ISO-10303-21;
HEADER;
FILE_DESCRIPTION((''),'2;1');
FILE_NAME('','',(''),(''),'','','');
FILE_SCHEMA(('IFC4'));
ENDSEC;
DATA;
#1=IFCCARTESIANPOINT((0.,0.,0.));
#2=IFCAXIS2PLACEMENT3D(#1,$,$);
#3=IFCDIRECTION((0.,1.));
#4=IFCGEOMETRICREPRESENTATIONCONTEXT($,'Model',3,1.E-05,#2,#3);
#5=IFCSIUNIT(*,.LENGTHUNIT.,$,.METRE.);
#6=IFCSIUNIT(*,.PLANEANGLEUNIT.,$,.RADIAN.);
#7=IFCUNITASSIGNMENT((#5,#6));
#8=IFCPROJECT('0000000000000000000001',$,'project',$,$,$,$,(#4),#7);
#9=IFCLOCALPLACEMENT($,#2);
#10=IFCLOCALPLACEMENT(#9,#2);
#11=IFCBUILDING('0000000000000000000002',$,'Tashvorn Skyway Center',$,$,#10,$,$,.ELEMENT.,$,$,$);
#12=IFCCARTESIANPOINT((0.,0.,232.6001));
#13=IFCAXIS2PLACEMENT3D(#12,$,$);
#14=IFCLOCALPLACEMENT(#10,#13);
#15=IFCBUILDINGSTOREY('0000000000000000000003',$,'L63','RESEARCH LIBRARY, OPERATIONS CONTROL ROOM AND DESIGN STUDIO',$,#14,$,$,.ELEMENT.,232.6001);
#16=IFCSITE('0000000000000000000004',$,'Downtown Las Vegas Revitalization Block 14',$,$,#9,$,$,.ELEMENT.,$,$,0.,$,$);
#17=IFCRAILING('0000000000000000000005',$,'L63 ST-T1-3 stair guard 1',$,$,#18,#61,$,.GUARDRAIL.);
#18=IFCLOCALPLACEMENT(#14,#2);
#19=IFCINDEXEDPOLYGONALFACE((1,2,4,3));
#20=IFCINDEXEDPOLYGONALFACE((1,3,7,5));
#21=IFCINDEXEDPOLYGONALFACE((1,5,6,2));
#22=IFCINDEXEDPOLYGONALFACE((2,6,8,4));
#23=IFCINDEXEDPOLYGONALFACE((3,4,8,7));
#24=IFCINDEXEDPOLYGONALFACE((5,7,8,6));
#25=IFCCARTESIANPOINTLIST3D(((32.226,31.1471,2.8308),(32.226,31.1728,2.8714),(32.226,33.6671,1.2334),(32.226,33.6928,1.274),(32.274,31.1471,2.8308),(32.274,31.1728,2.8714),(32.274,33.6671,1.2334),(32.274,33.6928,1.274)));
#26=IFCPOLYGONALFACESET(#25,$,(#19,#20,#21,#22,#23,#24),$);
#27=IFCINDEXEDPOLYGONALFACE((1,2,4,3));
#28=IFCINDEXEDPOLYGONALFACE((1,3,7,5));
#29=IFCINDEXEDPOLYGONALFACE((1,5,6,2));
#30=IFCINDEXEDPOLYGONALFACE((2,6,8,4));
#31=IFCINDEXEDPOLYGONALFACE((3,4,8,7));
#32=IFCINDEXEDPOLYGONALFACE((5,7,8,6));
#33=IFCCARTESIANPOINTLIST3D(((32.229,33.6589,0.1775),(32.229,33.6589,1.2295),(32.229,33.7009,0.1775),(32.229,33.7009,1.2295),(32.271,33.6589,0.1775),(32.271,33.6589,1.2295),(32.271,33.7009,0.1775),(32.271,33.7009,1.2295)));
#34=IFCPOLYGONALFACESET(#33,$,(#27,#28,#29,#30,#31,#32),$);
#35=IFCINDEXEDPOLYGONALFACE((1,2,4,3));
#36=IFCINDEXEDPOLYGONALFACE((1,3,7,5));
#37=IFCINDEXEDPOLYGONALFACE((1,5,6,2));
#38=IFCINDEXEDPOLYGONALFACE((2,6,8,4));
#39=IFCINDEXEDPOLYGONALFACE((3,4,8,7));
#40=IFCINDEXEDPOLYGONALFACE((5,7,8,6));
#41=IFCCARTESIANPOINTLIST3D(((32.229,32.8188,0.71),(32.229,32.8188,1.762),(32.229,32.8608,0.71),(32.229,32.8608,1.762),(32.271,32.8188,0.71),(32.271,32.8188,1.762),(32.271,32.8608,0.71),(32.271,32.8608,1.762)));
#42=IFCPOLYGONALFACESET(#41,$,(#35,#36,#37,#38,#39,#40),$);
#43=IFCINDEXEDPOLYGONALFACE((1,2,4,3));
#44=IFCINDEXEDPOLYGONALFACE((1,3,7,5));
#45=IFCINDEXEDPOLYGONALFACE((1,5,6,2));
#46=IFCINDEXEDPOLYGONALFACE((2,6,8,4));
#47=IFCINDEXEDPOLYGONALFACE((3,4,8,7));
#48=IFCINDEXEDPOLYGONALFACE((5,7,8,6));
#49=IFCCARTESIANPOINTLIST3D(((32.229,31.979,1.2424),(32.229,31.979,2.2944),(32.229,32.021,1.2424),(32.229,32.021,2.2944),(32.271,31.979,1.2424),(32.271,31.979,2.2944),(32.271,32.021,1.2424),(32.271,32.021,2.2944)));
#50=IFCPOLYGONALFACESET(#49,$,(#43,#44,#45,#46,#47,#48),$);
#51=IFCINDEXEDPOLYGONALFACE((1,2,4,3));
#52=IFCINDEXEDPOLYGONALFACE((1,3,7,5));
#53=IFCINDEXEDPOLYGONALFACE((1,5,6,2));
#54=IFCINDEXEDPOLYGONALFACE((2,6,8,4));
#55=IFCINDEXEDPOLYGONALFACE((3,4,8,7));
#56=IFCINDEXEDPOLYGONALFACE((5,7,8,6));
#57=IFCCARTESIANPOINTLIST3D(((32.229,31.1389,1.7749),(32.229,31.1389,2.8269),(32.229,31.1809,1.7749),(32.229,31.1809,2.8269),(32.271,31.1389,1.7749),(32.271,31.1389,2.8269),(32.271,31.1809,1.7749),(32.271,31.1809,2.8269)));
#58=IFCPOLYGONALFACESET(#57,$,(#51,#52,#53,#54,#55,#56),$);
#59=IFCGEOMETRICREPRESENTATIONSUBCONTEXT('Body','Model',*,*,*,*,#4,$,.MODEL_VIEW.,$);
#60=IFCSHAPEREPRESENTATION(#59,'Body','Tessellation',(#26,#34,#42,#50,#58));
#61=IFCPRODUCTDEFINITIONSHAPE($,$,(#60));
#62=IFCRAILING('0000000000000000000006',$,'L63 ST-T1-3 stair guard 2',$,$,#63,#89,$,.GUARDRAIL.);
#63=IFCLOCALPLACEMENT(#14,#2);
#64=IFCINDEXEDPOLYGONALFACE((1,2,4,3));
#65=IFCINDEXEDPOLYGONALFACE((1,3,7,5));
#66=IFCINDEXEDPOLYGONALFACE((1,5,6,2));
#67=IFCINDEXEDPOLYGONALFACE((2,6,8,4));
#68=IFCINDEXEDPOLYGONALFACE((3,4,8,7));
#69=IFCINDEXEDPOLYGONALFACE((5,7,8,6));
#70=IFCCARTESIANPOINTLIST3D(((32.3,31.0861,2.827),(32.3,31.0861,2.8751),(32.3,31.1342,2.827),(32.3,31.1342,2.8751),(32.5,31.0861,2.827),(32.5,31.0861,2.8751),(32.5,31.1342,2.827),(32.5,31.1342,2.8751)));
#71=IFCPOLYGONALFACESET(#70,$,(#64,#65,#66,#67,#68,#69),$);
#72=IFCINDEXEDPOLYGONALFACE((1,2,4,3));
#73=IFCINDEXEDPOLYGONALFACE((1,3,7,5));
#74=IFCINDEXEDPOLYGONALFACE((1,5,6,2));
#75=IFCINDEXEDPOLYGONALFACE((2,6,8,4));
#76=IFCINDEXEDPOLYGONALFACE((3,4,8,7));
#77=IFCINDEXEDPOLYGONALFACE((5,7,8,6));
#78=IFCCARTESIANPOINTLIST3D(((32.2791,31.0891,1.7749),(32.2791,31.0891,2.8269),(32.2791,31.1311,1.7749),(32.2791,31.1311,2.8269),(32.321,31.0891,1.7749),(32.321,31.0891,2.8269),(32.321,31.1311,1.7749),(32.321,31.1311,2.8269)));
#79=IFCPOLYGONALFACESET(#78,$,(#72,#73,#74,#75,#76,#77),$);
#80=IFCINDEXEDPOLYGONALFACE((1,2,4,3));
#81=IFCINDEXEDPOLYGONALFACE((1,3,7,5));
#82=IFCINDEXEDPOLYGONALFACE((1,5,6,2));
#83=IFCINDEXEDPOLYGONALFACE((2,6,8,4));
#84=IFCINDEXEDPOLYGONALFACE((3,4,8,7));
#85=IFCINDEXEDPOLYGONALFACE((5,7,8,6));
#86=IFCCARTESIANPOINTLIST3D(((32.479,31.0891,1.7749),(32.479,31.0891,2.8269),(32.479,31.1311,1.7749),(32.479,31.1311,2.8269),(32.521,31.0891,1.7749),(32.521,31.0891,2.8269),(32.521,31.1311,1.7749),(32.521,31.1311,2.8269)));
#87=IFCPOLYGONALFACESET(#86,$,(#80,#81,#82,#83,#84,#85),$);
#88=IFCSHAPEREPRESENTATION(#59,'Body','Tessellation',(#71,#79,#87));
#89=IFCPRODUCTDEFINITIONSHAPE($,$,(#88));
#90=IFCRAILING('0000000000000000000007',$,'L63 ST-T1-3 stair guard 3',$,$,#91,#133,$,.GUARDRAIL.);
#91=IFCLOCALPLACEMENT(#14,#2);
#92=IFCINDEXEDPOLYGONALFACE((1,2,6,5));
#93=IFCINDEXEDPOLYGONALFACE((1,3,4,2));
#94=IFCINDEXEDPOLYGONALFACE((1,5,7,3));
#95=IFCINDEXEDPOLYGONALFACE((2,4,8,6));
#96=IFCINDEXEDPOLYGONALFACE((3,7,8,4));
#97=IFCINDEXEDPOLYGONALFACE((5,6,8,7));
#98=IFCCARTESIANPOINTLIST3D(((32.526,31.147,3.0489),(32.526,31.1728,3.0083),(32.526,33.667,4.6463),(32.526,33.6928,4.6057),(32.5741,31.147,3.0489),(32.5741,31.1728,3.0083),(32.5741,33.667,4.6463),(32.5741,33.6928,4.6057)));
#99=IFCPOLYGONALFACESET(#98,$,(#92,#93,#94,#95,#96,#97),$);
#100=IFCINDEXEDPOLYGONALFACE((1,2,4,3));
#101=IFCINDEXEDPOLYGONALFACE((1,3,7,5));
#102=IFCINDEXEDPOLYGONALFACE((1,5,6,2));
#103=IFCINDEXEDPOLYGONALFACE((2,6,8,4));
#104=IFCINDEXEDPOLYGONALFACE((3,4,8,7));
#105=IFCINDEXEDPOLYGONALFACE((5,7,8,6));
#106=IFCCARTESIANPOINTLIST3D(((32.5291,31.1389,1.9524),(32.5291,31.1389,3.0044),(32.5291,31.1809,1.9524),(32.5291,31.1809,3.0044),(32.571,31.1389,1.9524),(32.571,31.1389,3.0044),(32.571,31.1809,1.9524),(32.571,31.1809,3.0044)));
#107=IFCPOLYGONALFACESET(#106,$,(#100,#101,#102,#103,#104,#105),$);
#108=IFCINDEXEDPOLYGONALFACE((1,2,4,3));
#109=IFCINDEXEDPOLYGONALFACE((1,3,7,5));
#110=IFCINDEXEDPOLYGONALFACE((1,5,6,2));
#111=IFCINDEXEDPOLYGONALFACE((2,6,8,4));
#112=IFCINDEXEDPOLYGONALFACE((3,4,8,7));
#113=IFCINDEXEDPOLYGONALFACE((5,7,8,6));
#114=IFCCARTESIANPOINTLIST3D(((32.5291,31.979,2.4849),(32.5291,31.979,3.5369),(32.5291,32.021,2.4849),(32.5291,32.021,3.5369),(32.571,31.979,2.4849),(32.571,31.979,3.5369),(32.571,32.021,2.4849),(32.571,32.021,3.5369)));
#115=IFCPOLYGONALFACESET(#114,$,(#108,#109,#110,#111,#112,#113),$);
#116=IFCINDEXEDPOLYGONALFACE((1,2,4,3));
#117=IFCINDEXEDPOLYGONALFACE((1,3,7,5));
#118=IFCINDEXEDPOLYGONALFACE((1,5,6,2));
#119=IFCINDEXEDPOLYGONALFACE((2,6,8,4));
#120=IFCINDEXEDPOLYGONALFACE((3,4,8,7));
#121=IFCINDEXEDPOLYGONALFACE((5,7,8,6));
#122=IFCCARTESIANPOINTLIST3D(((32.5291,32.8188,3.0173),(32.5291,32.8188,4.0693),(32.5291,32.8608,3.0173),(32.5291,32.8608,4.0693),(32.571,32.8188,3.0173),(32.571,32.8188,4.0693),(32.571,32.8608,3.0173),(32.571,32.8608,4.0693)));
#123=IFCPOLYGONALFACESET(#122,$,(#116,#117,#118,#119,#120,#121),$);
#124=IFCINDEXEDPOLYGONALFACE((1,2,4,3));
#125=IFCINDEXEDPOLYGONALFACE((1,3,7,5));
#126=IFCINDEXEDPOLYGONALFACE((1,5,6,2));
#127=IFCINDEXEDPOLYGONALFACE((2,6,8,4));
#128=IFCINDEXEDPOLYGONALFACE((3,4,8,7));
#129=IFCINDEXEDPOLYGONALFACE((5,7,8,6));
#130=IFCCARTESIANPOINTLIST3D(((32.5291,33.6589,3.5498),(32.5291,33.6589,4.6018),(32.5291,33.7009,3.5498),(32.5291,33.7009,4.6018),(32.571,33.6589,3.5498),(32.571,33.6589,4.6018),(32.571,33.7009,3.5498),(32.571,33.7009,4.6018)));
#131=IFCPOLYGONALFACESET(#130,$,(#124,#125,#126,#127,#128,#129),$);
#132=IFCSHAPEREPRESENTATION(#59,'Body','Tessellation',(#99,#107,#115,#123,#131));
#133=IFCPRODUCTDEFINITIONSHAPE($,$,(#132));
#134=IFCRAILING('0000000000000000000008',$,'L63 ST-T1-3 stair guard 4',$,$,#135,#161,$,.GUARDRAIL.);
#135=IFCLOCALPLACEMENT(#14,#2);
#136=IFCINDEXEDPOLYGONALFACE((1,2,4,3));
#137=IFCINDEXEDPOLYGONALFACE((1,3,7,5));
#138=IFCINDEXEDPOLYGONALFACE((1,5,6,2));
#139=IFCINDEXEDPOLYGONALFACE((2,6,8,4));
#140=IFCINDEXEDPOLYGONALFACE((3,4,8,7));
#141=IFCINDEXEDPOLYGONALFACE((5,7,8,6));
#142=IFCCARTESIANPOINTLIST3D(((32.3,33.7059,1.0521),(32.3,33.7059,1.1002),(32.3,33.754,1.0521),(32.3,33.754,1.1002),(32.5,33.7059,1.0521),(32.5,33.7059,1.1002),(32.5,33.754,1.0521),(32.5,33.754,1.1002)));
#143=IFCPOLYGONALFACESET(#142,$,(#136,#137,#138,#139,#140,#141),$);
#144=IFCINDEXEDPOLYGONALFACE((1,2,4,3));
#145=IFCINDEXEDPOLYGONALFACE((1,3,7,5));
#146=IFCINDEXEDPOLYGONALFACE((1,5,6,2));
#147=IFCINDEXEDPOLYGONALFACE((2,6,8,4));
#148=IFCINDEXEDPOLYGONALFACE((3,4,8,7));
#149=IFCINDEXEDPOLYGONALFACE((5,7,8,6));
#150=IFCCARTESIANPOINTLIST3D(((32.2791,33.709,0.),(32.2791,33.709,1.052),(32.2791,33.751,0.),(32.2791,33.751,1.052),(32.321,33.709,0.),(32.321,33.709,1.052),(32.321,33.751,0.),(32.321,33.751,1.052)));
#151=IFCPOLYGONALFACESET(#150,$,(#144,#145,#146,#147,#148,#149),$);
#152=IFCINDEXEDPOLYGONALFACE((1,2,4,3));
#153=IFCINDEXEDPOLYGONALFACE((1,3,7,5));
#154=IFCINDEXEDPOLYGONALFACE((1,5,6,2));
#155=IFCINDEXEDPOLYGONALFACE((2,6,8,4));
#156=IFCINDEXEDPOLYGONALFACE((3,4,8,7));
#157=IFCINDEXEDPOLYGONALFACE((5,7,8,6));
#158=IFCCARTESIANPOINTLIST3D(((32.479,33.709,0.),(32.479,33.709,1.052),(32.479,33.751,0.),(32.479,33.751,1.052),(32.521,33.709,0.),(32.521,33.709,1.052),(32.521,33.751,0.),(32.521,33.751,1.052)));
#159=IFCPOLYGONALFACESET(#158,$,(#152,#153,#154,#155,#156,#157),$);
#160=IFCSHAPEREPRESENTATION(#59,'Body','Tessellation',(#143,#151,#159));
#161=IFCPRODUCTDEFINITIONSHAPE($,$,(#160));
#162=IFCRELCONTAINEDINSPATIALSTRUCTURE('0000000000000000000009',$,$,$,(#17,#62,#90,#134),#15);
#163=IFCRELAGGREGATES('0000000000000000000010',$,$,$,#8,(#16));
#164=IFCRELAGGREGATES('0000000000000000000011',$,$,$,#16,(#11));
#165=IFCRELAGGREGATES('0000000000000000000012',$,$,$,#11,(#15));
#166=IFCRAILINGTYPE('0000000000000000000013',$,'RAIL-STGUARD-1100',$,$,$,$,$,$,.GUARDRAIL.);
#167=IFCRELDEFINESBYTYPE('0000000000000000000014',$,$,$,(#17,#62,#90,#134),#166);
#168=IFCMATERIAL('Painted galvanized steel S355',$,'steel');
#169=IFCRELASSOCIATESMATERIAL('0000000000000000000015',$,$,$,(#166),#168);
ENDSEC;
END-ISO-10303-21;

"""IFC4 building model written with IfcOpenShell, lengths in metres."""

from ifc_helpers import new_model, si_unit, direction, frame, origin, origin_2d, place, context, subcontext, project, spatial, rectangle, extrude, material, type_object, element, save


model = new_model("IFC4")

# Units and contexts
model_context = context("Model", 3, precision=1e-05, world=origin(), true_north=direction((0.0, 1.0)))
body_context = subcontext(model_context, "Body", "Model", "MODEL_VIEW")
ifc_project = project(units=[si_unit("LENGTHUNIT", "METRE"), si_unit("PLANEANGLEUNIT", "RADIAN")], contexts=[model_context])

# Site, building, storey
site_placement = place(None, origin())
site = spatial("IfcSite", under=ifc_project, at=site_placement, Name="Downtown Las Vegas Revitalization Block 14", CompositionType="ELEMENT", RefElevation=0.0)
building_placement = place(site_placement, origin())
building = spatial("IfcBuilding", under=site, at=building_placement, Name="Tashvorn Skyway Center", CompositionType="ELEMENT")
storey_placement = place(building_placement, frame((0.0, 0.0, 232.6001)))
storey = spatial("IfcBuildingStorey", under=building, at=storey_placement, Name="L63", Description="RESEARCH LIBRARY, OPERATIONS CONTROL ROOM AND DESIGN STUDIO", CompositionType="ELEMENT", Elevation=232.6001)

# Railings
ifc_material_1 = material(Name="Painted galvanized steel S355", Category="steel")
railing_type_1 = type_object("IfcRailingType", Name="RAIL-STGUARD-1100", PredefinedType="GUARDRAIL", material=ifc_material_1)
railing_1_placement = place(storey_placement, frame((32.25, 33.6799, 0.1775)))
element("IfcRailing", 1, at=railing_1_placement, inside=storey, type_object=railing_type_1, Name="L63 ST-T1-3 stair guard 1", PredefinedType="GUARDRAIL", context=body_context, shape_type="SweptSolid", body=[
    extrude(rectangle(XDim=0.0481, YDim=0.0481, at=origin_2d()), frame((0.0, 0.0, 1.0762), z_axis=(0.0, -0.844607, 0.535387), x_axis=(1.0, 0.0, 0.0)), (0.0, 0.0, 1.0), 2.9836),
    extrude(rectangle(XDim=0.042, YDim=0.042, at=origin_2d()), origin(), (0.0, 0.0, 1.0), 1.052),
    extrude(rectangle(XDim=0.042, YDim=0.042, at=origin_2d()), frame((0.0, -0.8401, 0.5325)), (0.0, 0.0, 1.0), 1.052),
    extrude(rectangle(XDim=0.042, YDim=0.042, at=origin_2d()), frame((0.0, -1.6799, 1.0649)), (0.0, 0.0, 1.0), 1.052),
    extrude(rectangle(XDim=0.042, YDim=0.042, at=origin_2d()), frame((0.0, -2.52, 1.5974)), (0.0, 0.0, 1.0), 1.052),
])
railing_2_placement = place(storey_placement, frame((32.3, 31.1101, 1.7749)))
element("IfcRailing", 2, at=railing_2_placement, inside=storey, type_object=railing_type_1, Name="L63 ST-T1-3 stair guard 2", PredefinedType="GUARDRAIL", context=body_context, shape_type="SweptSolid", body=[
    extrude(rectangle(XDim=0.0481, YDim=0.0481, at=origin_2d()), frame((0.0, 0.0, 1.0762), z_axis=(1.0, 0.0, 0.0), x_axis=(0.0, 1.0, 0.0)), (0.0, 0.0, 1.0), 0.2),
    extrude(rectangle(XDim=0.042, YDim=0.042, at=origin_2d()), origin(), (0.0, 0.0, 1.0), 1.052),
    extrude(rectangle(XDim=0.042, YDim=0.042, at=origin_2d()), frame((0.2, 0.0, 0.0)), (0.0, 0.0, 1.0), 1.052),
])
railing_3_placement = place(storey_placement, frame((32.55, 31.1599, 1.9524)))
element("IfcRailing", 3, at=railing_3_placement, inside=storey, type_object=railing_type_1, Name="L63 ST-T1-3 stair guard 3", PredefinedType="GUARDRAIL", context=body_context, shape_type="SweptSolid", body=[
    extrude(rectangle(XDim=0.0481, YDim=0.0481, at=origin_2d()), frame((0.0, 0.0, 1.0762), z_axis=(0.0, 0.844607, 0.535387), x_axis=(-1.0, 0.0, 0.0)), (0.0, 0.0, 1.0), 2.9836),
    extrude(rectangle(XDim=0.042, YDim=0.042, at=origin_2d()), origin(), (0.0, 0.0, 1.0), 1.052),
    extrude(rectangle(XDim=0.042, YDim=0.042, at=origin_2d()), frame((0.0, 0.8401, 0.5325)), (0.0, 0.0, 1.0), 1.052),
    extrude(rectangle(XDim=0.042, YDim=0.042, at=origin_2d()), frame((0.0, 1.6799, 1.0649)), (0.0, 0.0, 1.0), 1.052),
    extrude(rectangle(XDim=0.042, YDim=0.042, at=origin_2d()), frame((0.0, 2.52, 1.5974)), (0.0, 0.0, 1.0), 1.052),
])
railing_4_placement = place(storey_placement, frame((32.3, 33.73, 0.0)))
element("IfcRailing", 4, at=railing_4_placement, inside=storey, type_object=railing_type_1, Name="L63 ST-T1-3 stair guard 4", PredefinedType="GUARDRAIL", context=body_context, shape_type="SweptSolid", body=[
    extrude(rectangle(XDim=0.0481, YDim=0.0481, at=origin_2d()), frame((0.0, 0.0, 1.0762), z_axis=(1.0, 0.0, 0.0), x_axis=(0.0, 1.0, 0.0)), (0.0, 0.0, 1.0), 0.2),
    extrude(rectangle(XDim=0.042, YDim=0.042, at=origin_2d()), origin(), (0.0, 0.0, 1.0), 1.052),
    extrude(rectangle(XDim=0.042, YDim=0.042, at=origin_2d()), frame((0.2, 0.0, 0.0)), (0.0, 0.0, 1.0), 1.052),
])

save(model, "model.ifc")
